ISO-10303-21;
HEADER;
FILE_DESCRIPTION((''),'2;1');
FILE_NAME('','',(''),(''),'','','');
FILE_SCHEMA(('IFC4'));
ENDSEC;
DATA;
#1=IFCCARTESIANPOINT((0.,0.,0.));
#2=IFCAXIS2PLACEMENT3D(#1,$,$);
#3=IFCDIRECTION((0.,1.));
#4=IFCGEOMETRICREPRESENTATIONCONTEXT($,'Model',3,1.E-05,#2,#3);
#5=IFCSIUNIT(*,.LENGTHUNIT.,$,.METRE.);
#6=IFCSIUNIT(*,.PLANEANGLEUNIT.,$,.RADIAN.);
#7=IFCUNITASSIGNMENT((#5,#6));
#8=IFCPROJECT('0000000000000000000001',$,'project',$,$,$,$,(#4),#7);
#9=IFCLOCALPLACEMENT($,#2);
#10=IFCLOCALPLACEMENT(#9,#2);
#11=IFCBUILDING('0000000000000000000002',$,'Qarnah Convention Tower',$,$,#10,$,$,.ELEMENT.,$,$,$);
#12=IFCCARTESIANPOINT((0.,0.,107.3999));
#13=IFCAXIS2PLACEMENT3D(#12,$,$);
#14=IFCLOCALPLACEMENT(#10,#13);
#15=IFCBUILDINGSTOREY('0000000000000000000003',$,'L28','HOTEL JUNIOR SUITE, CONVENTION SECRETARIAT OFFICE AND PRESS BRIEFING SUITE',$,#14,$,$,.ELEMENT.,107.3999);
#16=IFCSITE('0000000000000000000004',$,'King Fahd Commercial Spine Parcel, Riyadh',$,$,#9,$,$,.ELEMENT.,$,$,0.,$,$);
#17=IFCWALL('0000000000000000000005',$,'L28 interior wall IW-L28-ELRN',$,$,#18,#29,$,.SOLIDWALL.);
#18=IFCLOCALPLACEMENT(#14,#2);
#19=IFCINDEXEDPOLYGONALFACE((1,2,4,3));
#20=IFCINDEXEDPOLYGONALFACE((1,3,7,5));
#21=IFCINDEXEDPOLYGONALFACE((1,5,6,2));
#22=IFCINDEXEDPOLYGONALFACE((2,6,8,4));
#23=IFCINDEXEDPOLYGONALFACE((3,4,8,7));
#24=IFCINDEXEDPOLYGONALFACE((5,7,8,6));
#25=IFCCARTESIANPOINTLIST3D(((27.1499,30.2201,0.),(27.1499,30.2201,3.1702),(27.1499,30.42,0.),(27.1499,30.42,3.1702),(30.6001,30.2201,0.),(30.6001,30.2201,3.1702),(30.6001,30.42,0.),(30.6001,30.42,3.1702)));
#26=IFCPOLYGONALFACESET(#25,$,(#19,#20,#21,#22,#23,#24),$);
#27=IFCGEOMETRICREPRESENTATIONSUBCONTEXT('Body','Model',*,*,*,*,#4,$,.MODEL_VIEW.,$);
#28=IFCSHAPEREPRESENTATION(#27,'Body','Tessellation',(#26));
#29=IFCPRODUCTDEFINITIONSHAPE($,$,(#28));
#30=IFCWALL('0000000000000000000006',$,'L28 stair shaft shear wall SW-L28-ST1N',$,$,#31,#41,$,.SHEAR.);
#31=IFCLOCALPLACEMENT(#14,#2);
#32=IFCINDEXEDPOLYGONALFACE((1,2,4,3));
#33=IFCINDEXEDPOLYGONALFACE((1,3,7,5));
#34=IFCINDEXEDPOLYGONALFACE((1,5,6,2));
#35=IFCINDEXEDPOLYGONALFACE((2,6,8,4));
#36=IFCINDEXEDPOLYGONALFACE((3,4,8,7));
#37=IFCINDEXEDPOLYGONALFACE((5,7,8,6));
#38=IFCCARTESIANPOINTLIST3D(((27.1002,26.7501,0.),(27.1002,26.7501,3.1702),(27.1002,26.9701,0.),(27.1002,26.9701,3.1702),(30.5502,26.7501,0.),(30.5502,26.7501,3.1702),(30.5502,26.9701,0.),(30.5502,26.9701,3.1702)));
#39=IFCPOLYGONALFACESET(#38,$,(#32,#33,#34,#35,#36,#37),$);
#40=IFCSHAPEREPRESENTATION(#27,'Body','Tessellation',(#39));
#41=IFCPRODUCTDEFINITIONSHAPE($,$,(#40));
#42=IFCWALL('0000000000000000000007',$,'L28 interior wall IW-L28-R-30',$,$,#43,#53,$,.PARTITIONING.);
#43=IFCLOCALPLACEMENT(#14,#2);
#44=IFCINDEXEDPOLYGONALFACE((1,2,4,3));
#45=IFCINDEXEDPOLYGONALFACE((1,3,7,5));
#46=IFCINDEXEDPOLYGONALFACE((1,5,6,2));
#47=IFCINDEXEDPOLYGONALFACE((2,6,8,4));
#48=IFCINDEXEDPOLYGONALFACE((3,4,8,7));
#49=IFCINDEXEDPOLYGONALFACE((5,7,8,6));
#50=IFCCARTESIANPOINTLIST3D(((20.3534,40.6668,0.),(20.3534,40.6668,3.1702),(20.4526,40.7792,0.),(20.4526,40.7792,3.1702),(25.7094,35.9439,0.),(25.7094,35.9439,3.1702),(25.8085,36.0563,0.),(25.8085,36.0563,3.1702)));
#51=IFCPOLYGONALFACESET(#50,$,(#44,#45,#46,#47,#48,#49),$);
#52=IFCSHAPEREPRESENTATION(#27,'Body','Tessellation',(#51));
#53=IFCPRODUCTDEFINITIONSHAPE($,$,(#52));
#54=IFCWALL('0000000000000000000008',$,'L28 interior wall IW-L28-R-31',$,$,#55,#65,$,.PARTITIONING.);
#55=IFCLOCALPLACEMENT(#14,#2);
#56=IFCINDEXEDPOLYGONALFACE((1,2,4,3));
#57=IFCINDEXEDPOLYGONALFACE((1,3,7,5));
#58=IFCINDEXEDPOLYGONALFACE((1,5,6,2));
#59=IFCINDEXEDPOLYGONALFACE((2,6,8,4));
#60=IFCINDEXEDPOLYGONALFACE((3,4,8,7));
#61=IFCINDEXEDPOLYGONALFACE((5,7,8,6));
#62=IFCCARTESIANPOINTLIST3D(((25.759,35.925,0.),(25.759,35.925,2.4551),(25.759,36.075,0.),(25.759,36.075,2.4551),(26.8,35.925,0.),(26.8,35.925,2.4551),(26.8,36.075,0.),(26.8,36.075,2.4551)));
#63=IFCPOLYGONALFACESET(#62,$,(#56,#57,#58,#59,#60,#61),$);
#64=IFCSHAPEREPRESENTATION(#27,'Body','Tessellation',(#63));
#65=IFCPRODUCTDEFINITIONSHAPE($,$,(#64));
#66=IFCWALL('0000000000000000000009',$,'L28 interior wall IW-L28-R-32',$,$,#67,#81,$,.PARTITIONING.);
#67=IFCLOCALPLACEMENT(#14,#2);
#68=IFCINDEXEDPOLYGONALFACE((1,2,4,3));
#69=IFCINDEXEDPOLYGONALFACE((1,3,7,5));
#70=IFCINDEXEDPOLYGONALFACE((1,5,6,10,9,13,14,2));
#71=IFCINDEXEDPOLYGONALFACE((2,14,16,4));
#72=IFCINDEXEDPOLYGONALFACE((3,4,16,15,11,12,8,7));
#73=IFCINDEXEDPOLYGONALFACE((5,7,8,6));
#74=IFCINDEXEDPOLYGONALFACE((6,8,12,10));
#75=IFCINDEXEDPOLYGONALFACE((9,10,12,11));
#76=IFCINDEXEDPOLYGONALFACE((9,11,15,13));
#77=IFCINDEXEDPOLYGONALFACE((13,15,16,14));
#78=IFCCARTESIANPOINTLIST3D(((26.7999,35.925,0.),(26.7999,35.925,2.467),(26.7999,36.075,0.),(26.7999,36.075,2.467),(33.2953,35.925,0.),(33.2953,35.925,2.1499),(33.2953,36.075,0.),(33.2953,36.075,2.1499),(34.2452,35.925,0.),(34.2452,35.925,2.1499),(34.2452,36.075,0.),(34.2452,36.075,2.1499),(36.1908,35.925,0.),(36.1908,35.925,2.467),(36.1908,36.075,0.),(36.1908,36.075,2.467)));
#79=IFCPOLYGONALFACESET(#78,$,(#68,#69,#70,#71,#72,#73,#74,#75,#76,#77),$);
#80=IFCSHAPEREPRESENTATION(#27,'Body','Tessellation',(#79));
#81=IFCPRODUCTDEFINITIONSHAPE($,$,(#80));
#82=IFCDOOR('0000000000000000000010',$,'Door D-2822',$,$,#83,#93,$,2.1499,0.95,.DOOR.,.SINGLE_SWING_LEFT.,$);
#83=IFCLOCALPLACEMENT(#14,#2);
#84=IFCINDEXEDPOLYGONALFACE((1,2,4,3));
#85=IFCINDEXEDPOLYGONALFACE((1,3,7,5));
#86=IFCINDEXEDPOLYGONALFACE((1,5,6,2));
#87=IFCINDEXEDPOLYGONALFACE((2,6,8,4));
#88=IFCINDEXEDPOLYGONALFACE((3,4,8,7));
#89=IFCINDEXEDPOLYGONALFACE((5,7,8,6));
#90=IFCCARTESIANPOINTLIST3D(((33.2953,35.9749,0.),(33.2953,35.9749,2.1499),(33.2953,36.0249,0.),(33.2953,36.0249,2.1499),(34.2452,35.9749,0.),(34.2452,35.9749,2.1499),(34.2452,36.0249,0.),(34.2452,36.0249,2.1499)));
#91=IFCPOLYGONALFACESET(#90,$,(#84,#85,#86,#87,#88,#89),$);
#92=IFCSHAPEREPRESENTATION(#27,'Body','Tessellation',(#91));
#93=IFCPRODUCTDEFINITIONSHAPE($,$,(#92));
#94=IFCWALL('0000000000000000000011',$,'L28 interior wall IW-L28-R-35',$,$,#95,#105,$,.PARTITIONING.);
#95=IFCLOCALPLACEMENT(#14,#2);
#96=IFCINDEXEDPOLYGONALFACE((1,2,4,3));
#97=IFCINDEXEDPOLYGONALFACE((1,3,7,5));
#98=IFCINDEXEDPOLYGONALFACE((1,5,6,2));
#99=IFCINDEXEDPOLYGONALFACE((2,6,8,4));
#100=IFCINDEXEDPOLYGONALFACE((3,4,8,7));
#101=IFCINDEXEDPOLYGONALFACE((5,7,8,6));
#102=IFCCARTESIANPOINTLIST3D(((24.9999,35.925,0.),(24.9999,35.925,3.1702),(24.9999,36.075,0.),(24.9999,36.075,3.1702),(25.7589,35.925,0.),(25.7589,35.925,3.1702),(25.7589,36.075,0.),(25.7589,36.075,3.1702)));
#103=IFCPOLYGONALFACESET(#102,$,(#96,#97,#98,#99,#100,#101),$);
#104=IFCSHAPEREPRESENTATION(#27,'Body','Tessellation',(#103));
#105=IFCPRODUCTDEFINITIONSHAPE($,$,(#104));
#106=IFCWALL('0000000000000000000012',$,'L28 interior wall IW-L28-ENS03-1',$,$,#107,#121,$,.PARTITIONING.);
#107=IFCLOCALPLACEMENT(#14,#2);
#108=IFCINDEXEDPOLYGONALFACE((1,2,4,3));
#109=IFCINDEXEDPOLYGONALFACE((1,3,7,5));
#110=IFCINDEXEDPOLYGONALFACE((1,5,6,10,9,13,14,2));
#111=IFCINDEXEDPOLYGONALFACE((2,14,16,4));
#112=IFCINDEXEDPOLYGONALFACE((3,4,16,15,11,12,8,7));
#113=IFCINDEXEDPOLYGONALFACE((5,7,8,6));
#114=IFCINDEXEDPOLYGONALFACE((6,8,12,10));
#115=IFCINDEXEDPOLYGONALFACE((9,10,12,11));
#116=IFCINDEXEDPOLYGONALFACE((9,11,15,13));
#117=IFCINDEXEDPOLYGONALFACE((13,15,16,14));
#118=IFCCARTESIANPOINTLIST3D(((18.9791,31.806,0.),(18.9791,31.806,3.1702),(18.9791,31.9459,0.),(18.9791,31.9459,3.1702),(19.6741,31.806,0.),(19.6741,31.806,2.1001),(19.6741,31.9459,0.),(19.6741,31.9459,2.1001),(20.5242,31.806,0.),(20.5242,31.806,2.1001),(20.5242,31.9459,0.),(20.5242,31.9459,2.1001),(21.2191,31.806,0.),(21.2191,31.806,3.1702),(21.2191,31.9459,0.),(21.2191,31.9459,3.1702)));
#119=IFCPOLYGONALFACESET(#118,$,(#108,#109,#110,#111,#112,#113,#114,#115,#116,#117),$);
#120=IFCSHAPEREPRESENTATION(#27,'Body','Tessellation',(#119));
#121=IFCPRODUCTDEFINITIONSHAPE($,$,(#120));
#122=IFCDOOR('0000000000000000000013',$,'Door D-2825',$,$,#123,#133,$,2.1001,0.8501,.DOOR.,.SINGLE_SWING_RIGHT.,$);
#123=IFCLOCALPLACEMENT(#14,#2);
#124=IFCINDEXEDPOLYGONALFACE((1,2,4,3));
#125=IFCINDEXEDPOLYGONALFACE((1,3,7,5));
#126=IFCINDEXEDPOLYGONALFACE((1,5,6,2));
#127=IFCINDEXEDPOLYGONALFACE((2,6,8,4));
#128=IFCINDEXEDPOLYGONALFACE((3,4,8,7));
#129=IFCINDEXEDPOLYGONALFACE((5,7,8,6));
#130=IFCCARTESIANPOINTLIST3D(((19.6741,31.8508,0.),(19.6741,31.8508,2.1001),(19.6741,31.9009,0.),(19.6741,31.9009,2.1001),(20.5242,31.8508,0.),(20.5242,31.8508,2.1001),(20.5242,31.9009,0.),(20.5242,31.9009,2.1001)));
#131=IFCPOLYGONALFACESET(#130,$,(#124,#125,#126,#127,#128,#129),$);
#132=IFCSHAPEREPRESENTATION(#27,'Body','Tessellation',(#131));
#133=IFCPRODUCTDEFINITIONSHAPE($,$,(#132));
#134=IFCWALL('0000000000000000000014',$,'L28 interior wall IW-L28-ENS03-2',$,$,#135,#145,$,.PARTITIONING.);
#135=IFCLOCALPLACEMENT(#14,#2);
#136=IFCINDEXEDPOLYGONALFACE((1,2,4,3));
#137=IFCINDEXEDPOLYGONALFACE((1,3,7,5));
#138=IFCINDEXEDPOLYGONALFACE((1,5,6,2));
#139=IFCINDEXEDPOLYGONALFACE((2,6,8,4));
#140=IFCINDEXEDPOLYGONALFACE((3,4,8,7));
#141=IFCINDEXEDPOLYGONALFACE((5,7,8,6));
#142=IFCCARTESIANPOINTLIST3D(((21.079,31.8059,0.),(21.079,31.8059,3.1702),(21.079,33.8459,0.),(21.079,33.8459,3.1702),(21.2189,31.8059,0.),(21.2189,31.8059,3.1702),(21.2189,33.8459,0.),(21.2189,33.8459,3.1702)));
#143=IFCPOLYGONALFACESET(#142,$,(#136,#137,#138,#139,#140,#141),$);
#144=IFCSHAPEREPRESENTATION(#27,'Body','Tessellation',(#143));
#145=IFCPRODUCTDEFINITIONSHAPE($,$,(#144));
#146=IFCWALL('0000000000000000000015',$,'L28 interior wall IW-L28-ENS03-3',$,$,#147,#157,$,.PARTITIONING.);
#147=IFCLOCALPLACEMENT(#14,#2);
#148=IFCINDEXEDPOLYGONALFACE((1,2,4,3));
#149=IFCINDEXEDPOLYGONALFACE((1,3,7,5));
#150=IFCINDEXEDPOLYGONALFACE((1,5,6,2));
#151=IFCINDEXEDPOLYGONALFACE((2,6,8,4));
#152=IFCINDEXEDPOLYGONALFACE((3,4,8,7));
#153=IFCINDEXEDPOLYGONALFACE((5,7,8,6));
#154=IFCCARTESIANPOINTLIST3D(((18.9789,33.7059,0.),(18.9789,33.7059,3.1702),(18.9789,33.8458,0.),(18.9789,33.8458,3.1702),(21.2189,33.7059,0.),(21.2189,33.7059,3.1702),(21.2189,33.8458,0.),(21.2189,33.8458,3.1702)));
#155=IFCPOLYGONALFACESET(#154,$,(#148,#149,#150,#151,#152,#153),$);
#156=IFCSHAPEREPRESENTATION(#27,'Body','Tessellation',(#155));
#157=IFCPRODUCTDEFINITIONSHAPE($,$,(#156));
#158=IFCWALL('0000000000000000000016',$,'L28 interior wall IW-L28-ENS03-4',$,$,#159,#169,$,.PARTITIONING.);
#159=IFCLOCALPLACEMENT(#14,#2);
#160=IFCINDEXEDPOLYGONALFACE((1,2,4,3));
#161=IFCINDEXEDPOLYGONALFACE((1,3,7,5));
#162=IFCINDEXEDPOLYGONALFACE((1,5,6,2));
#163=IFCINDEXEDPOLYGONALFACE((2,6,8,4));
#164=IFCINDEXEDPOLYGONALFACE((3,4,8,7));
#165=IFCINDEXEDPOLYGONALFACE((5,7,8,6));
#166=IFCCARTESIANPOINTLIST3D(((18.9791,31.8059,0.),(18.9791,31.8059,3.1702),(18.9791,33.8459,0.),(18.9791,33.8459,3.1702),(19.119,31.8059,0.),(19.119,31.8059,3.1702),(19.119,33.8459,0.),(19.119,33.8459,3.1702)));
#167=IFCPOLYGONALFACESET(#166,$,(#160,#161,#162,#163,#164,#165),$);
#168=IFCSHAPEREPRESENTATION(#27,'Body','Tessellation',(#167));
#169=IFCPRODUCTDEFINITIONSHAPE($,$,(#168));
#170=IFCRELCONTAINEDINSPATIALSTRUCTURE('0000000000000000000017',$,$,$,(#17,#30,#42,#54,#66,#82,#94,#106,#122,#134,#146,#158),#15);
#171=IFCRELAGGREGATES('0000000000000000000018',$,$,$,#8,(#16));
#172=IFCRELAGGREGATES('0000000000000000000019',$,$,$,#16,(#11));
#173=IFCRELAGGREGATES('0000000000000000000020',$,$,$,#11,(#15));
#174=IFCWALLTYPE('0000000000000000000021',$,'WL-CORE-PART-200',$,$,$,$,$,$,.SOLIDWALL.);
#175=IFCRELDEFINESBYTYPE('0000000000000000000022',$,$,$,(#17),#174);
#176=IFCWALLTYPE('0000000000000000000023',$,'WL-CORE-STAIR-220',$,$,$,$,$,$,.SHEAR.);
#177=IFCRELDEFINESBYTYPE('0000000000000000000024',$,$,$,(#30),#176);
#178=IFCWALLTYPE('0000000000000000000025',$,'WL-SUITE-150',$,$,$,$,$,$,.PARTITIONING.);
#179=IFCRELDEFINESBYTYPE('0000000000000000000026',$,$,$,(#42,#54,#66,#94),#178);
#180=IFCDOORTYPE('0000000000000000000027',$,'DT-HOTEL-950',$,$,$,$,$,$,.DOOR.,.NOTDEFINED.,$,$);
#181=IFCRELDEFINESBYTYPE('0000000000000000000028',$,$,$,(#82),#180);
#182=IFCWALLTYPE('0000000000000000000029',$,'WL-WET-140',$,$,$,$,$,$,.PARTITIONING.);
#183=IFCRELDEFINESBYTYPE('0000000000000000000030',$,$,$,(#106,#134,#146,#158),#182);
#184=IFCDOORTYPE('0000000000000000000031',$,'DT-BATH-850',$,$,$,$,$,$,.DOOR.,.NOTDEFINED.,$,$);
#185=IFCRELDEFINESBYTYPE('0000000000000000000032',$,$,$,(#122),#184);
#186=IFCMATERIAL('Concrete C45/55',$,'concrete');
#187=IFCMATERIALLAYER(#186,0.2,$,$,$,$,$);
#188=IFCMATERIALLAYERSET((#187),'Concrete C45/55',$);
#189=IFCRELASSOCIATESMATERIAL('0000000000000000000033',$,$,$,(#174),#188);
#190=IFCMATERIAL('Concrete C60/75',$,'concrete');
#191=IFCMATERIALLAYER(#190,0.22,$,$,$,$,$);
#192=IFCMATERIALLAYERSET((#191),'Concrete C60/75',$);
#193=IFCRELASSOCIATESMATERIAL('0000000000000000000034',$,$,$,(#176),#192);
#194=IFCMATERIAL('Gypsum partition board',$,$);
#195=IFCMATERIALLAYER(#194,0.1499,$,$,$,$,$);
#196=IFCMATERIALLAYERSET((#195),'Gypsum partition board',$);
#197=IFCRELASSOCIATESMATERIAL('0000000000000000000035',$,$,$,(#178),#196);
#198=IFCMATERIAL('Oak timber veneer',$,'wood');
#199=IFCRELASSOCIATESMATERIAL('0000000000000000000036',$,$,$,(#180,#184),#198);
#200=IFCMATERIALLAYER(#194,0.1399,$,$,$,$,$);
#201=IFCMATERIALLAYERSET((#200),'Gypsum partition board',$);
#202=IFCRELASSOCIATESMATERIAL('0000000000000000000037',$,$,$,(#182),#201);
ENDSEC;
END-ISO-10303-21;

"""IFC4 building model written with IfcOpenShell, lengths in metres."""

from ifc_helpers import new_model, si_unit, direction, frame, frame_2d, origin, place, context, subcontext, project, spatial, rectangle, extrude, material, layer, layer_set, type_object, element, fill, save


model = new_model("IFC4")

# Units and contexts
model_context = context("Model", 3, precision=1e-05, world=origin(), true_north=direction((0.0, 1.0)))
body_context = subcontext(model_context, "Body", "Model", "MODEL_VIEW")
ifc_project = project(units=[si_unit("LENGTHUNIT", "METRE"), si_unit("PLANEANGLEUNIT", "RADIAN")], contexts=[model_context])

# Site, building, storey
site_placement = place(None, origin())
site = spatial("IfcSite", under=ifc_project, at=site_placement, Name="King Fahd Commercial Spine Parcel, Riyadh", CompositionType="ELEMENT", RefElevation=0.0)
building_placement = place(site_placement, origin())
building = spatial("IfcBuilding", under=site, at=building_placement, Name="Qarnah Convention Tower", CompositionType="ELEMENT")
storey_placement = place(building_placement, frame((0.0, 0.0, 107.3999)))
storey = spatial("IfcBuildingStorey", under=building, at=storey_placement, Name="L28", Description="HOTEL JUNIOR SUITE, CONVENTION SECRETARIAT OFFICE AND PRESS BRIEFING SUITE", CompositionType="ELEMENT", Elevation=107.3999)

# Shared definitions
ifc_material_1 = material(Name="Concrete C60/75", Category="concrete")

# Walls
ifc_material_2 = material(Name="Concrete C45/55", Category="concrete")
ifc_layer_1 = layer(ifc_material_2, 0.2)
ifc_layer_set_1 = layer_set([ifc_layer_1], Name="Concrete C45/55")
wall_type_1 = type_object("IfcWallType", Name="WL-CORE-PART-200", PredefinedType="SOLIDWALL", material=ifc_layer_set_1)
wall_1_placement = place(storey_placement, frame((27.1499, 30.3201, 0.0), z_axis=(0.0, 0.0, 1.0), x_axis=(1.0, 0.0, 0.0)))
element("IfcWall", 1, at=wall_1_placement, inside=storey, type_object=wall_type_1, Name="L28 interior wall IW-L28-ELRN", PredefinedType="SOLIDWALL", context=body_context, shape_type="SweptSolid", body=[
    extrude(rectangle(XDim=3.4502, YDim=0.2, at=frame_2d((1.7251, 0.0))), origin(), (0.0, 0.0, 1.0), 3.1702),
])
ifc_layer_2 = layer(ifc_material_1, 0.22)
ifc_layer_set_2 = layer_set([ifc_layer_2], Name="Concrete C60/75")
wall_type_2 = type_object("IfcWallType", Name="WL-CORE-STAIR-220", PredefinedType="SHEAR", material=ifc_layer_set_2)
wall_2_placement = place(storey_placement, frame((27.1001, 26.8601, 0.0), z_axis=(0.0, 0.0, 1.0), x_axis=(1.0, 0.0, 0.0)))
element("IfcWall", 2, at=wall_2_placement, inside=storey, type_object=wall_type_2, Name="L28 stair shaft shear wall SW-L28-ST1N", PredefinedType="SHEAR", context=body_context, shape_type="SweptSolid", body=[
    extrude(rectangle(XDim=3.45, YDim=0.22, at=frame_2d((1.7251, 0.0))), origin(), (0.0, 0.0, 1.0), 3.1702),
])

# Walls
ifc_material_3 = material(Name="Gypsum partition board")
ifc_layer_3 = layer(ifc_material_3, 0.1499)
ifc_layer_set_3 = layer_set([ifc_layer_3], Name="Gypsum partition board")
wall_type_3 = type_object("IfcWallType", Name="WL-SUITE-150", PredefinedType="PARTITIONING", material=ifc_layer_set_3)
wall_3_placement = place(storey_placement, frame((20.4031, 40.7229, 0.0), z_axis=(0.0, 0.0, 1.0), x_axis=(0.750042, -0.66139, 0.0)))
element("IfcWall", 3, at=wall_3_placement, inside=storey, type_object=wall_type_3, Name="L28 interior wall IW-L28-R-30", PredefinedType="PARTITIONING", context=body_context, shape_type="SweptSolid", body=[
    extrude(rectangle(XDim=7.1409, YDim=0.1499, at=frame_2d((3.5703, 0.0))), origin(), (0.0, 0.0, 1.0), 3.1702),
])
wall_4_placement = place(storey_placement, frame((25.759, 36.0, 0.0), z_axis=(0.0, 0.0, 1.0), x_axis=(1.0, 0.0, 0.0)))
element("IfcWall", 4, at=wall_4_placement, inside=storey, type_object=wall_type_3, Name="L28 interior wall IW-L28-R-31", PredefinedType="PARTITIONING", context=body_context, shape_type="SweptSolid", body=[
    extrude(rectangle(XDim=1.041, YDim=0.1499, at=frame_2d((0.5205, 0.0))), origin(), (0.0, 0.0, 1.0), 2.4551),
])

# Wall, opening, door
wall_5_placement = place(storey_placement, frame((26.8, 36.0, 0.0), z_axis=(0.0, 0.0, 1.0), x_axis=(1.0, 0.0, 0.0)))
wall_5 = element("IfcWall", 5, at=wall_5_placement, inside=storey, type_object=wall_type_3, Name="L28 interior wall IW-L28-R-32", PredefinedType="PARTITIONING", context=body_context, shape_type="SweptSolid", body=[
    extrude(rectangle(XDim=9.3909, YDim=0.1499, at=frame_2d((4.6953, 0.0))), origin(), (0.0, 0.0, 1.0), 2.467),
])
opening_1_placement = place(wall_5_placement, frame((6.4951, 0.0, 0.0)))
opening_1 = element("IfcOpeningElement", 6, at=opening_1_placement, cuts=wall_5, PredefinedType="OPENING", context=body_context, shape_type="SweptSolid", body=[
    extrude(rectangle(XDim=0.95, YDim=2.1499, at=frame_2d((0.4751, 1.075))), frame((0.0, 0.085, 0.0), z_axis=(0.0, -1.0, 0.0), x_axis=(1.0, 0.0, 0.0)), (0.0, 0.0, 1.0), 0.1699),
])
ifc_material_4 = material(Name="Oak timber veneer", Category="wood")
door_type_1 = type_object("IfcDoorType", Name="DT-HOTEL-950", OperationType="NOTDEFINED", PredefinedType="DOOR", material=ifc_material_4)
door_1_placement = place(opening_1_placement, origin())
door_1 = element("IfcDoor", 7, at=door_1_placement, inside=storey, type_object=door_type_1, Name="Door D-2822", OperationType="SINGLE_SWING_LEFT", OverallHeight=2.1499, OverallWidth=0.95, PredefinedType="DOOR", context=body_context, shape_type="SweptSolid", body=[
    extrude(rectangle(XDim=0.95, YDim=2.1499, at=frame_2d((0.4751, 1.075))), frame((0.0, 0.0249, 0.0), z_axis=(0.0, -1.0, 0.0), x_axis=(1.0, 0.0, 0.0)), (0.0, 0.0, 1.0), 0.05),
])
fill(opening_1, door_1)

# Wall
wall_6_placement = place(storey_placement, frame((25.0, 36.0, 0.0), z_axis=(0.0, 0.0, 1.0), x_axis=(1.0, 0.0, 0.0)))
element("IfcWall", 8, at=wall_6_placement, inside=storey, type_object=wall_type_3, Name="L28 interior wall IW-L28-R-35", PredefinedType="PARTITIONING", context=body_context, shape_type="SweptSolid", body=[
    extrude(rectangle(XDim=0.759, YDim=0.1499, at=frame_2d((0.3794, 0.0))), origin(), (0.0, 0.0, 1.0), 3.1702),
])

# Wall, opening, door
ifc_layer_4 = layer(ifc_material_3, 0.1399)
ifc_layer_set_4 = layer_set([ifc_layer_4], Name="Gypsum partition board")
wall_type_4 = type_object("IfcWallType", Name="WL-WET-140", PredefinedType="PARTITIONING", material=ifc_layer_set_4)
wall_7_placement = place(storey_placement, frame((18.979, 31.876, 0.0), z_axis=(0.0, 0.0, 1.0), x_axis=(1.0, 0.0, 0.0)))
wall_7 = element("IfcWall", 9, at=wall_7_placement, inside=storey, type_object=wall_type_4, Name="L28 interior wall IW-L28-ENS03-1", PredefinedType="PARTITIONING", context=body_context, shape_type="SweptSolid", body=[
    extrude(rectangle(XDim=2.24, YDim=0.1399, at=frame_2d((1.1201, 0.0))), origin(), (0.0, 0.0, 1.0), 3.1702),
])
opening_2_placement = place(wall_7_placement, frame((0.6951, 0.0, 0.0)))
opening_2 = element("IfcOpeningElement", 10, at=opening_2_placement, cuts=wall_7, PredefinedType="OPENING", context=body_context, shape_type="SweptSolid", body=[
    extrude(rectangle(XDim=0.8501, YDim=2.1001, at=frame_2d((0.425, 1.05))), frame((0.0, 0.0798, 0.0), z_axis=(0.0, -1.0, 0.0), x_axis=(1.0, 0.0, 0.0)), (0.0, 0.0, 1.0), 0.1599),
])
door_type_2 = type_object("IfcDoorType", Name="DT-BATH-850", OperationType="NOTDEFINED", PredefinedType="DOOR", material=ifc_material_4)
door_2_placement = place(opening_2_placement, origin())
door_2 = element("IfcDoor", 11, at=door_2_placement, inside=storey, type_object=door_type_2, Name="Door D-2825", OperationType="SINGLE_SWING_RIGHT", OverallHeight=2.1001, OverallWidth=0.8501, PredefinedType="DOOR", context=body_context, shape_type="SweptSolid", body=[
    extrude(rectangle(XDim=0.8501, YDim=2.1001, at=frame_2d((0.425, 1.05))), frame((0.0, 0.0249, 0.0), z_axis=(0.0, -1.0, 0.0), x_axis=(1.0, 0.0, 0.0)), (0.0, 0.0, 1.0), 0.05),
])
fill(opening_2, door_2)

# Walls
wall_8_placement = place(storey_placement, frame((21.1489, 31.8059, 0.0), z_axis=(0.0, 0.0, 1.0), x_axis=(0.0, 1.0, 0.0)))
element("IfcWall", 12, at=wall_8_placement, inside=storey, type_object=wall_type_4, Name="L28 interior wall IW-L28-ENS03-2", PredefinedType="PARTITIONING", context=body_context, shape_type="SweptSolid", body=[
    extrude(rectangle(XDim=2.04, YDim=0.1399, at=frame_2d((1.02, 0.0))), origin(), (0.0, 0.0, 1.0), 3.1702),
])
wall_9_placement = place(storey_placement, frame((21.219, 33.7759, 0.0), z_axis=(0.0, 0.0, 1.0), x_axis=(-1.0, 0.0, 0.0)))
element("IfcWall", 13, at=wall_9_placement, inside=storey, type_object=wall_type_4, Name="L28 interior wall IW-L28-ENS03-3", PredefinedType="PARTITIONING", context=body_context, shape_type="SweptSolid", body=[
    extrude(rectangle(XDim=2.24, YDim=0.1399, at=frame_2d((1.1201, 0.0))), origin(), (0.0, 0.0, 1.0), 3.1702),
])
wall_10_placement = place(storey_placement, frame((19.0491, 33.8459, 0.0), z_axis=(0.0, 0.0, 1.0), x_axis=(0.0, -1.0, 0.0)))
element("IfcWall", 14, at=wall_10_placement, inside=storey, type_object=wall_type_4, Name="L28 interior wall IW-L28-ENS03-4", PredefinedType="PARTITIONING", context=body_context, shape_type="SweptSolid", body=[
    extrude(rectangle(XDim=2.04, YDim=0.1399, at=frame_2d((1.02, 0.0))), origin(), (0.0, 0.0, 1.0), 3.1702),
])

save(model, "model.ifc")
